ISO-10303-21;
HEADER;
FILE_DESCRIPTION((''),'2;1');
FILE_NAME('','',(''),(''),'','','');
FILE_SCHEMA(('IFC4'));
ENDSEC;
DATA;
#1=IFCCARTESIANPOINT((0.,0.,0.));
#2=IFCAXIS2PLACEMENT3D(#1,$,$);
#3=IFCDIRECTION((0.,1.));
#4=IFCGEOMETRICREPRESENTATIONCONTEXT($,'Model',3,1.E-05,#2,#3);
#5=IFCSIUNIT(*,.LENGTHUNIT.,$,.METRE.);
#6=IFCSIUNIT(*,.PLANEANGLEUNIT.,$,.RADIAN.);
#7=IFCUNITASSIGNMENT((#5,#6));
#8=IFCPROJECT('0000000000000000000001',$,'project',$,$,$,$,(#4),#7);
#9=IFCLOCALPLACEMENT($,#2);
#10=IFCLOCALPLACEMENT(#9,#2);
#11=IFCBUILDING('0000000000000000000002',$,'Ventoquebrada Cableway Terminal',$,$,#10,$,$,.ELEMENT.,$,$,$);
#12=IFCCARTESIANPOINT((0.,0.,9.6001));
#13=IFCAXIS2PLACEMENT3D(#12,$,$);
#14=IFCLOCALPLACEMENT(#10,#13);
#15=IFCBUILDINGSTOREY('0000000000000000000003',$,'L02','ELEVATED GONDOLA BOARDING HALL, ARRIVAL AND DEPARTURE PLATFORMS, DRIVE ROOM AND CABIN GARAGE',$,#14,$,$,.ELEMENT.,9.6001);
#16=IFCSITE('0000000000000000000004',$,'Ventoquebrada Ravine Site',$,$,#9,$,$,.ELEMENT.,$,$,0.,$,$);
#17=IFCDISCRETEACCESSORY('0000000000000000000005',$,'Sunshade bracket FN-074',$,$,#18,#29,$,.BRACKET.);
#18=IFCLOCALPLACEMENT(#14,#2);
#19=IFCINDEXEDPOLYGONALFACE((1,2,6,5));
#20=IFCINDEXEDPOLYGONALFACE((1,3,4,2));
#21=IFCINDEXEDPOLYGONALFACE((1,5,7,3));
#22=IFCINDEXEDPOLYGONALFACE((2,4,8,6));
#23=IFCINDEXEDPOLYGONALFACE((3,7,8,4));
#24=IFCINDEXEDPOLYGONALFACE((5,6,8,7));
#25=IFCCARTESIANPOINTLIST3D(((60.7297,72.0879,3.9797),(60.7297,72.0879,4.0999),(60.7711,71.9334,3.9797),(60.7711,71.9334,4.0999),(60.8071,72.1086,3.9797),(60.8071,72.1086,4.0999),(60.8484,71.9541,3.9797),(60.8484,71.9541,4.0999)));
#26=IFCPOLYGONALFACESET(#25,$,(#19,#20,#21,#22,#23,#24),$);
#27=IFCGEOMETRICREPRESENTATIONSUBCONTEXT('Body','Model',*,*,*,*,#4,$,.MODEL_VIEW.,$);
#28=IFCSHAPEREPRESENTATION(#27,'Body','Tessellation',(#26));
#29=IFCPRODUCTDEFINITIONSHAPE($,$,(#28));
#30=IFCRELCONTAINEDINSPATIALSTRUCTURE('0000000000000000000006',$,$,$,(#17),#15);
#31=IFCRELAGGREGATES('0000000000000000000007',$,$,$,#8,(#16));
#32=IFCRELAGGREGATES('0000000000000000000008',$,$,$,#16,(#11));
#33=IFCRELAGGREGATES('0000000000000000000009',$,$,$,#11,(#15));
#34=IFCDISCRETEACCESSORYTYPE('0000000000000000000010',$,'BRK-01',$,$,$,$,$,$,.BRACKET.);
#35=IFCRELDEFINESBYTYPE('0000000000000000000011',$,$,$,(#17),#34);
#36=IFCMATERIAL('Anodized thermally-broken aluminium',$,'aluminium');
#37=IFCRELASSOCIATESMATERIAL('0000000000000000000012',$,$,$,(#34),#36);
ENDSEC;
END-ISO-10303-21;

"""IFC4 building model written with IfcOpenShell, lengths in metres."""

from ifc_helpers import new_model, si_unit, direction, frame, origin, origin_2d, place, context, subcontext, project, spatial, rectangle, extrude, material, type_object, element, save


model = new_model("IFC4")

# Units and contexts
model_context = context("Model", 3, precision=1e-05, world=origin(), true_north=direction((0.0, 1.0)))
body_context = subcontext(model_context, "Body", "Model", "MODEL_VIEW")
ifc_project = project(units=[si_unit("LENGTHUNIT", "METRE"), si_unit("PLANEANGLEUNIT", "RADIAN")], contexts=[model_context])

# Site, building, storey
site_placement = place(None, origin())
site = spatial("IfcSite", under=ifc_project, at=site_placement, Name="Ventoquebrada Ravine Site", CompositionType="ELEMENT", RefElevation=0.0)
building_placement = place(site_placement, origin())
building = spatial("IfcBuilding", under=site, at=building_placement, Name="Ventoquebrada Cableway Terminal", CompositionType="ELEMENT")
storey_placement = place(building_placement, frame((0.0, 0.0, 9.6001)))
storey = spatial("IfcBuildingStorey", under=building, at=storey_placement, Name="L02", Description="ELEVATED GONDOLA BOARDING HALL, ARRIVAL AND DEPARTURE PLATFORMS, DRIVE ROOM AND CABIN GARAGE", CompositionType="ELEMENT", Elevation=9.6001)

# Shared definitions
ifc_material_1 = material(Name="Anodized thermally-broken aluminium", Category="aluminium")

# Discrete accessory
discrete_accessory_type = type_object("IfcDiscreteAccessoryType", Name="BRK-01", PredefinedType="BRACKET", material=ifc_material_1)
for number, where, z_axis, x_axis, name in (
    (1, (60.7891, 72.021, 3.9797), (0.0, 0.0, 1.0), (0.965966, 0.258667, 0.0), "Sunshade bracket FN-074"),
):
    element("IfcDiscreteAccessory", number, at=place(storey_placement, frame(where, z_axis=z_axis, x_axis=x_axis)), inside=storey, type_object=discrete_accessory_type, Name=name, PredefinedType="BRACKET", context=body_context, shape_type="SweptSolid", body=[
        extrude(rectangle(XDim=0.0801, YDim=0.1599, at=origin_2d()), origin(), (0.0, 0.0, 1.0), 0.1201),
    ])

save(model, "model.ifc")
